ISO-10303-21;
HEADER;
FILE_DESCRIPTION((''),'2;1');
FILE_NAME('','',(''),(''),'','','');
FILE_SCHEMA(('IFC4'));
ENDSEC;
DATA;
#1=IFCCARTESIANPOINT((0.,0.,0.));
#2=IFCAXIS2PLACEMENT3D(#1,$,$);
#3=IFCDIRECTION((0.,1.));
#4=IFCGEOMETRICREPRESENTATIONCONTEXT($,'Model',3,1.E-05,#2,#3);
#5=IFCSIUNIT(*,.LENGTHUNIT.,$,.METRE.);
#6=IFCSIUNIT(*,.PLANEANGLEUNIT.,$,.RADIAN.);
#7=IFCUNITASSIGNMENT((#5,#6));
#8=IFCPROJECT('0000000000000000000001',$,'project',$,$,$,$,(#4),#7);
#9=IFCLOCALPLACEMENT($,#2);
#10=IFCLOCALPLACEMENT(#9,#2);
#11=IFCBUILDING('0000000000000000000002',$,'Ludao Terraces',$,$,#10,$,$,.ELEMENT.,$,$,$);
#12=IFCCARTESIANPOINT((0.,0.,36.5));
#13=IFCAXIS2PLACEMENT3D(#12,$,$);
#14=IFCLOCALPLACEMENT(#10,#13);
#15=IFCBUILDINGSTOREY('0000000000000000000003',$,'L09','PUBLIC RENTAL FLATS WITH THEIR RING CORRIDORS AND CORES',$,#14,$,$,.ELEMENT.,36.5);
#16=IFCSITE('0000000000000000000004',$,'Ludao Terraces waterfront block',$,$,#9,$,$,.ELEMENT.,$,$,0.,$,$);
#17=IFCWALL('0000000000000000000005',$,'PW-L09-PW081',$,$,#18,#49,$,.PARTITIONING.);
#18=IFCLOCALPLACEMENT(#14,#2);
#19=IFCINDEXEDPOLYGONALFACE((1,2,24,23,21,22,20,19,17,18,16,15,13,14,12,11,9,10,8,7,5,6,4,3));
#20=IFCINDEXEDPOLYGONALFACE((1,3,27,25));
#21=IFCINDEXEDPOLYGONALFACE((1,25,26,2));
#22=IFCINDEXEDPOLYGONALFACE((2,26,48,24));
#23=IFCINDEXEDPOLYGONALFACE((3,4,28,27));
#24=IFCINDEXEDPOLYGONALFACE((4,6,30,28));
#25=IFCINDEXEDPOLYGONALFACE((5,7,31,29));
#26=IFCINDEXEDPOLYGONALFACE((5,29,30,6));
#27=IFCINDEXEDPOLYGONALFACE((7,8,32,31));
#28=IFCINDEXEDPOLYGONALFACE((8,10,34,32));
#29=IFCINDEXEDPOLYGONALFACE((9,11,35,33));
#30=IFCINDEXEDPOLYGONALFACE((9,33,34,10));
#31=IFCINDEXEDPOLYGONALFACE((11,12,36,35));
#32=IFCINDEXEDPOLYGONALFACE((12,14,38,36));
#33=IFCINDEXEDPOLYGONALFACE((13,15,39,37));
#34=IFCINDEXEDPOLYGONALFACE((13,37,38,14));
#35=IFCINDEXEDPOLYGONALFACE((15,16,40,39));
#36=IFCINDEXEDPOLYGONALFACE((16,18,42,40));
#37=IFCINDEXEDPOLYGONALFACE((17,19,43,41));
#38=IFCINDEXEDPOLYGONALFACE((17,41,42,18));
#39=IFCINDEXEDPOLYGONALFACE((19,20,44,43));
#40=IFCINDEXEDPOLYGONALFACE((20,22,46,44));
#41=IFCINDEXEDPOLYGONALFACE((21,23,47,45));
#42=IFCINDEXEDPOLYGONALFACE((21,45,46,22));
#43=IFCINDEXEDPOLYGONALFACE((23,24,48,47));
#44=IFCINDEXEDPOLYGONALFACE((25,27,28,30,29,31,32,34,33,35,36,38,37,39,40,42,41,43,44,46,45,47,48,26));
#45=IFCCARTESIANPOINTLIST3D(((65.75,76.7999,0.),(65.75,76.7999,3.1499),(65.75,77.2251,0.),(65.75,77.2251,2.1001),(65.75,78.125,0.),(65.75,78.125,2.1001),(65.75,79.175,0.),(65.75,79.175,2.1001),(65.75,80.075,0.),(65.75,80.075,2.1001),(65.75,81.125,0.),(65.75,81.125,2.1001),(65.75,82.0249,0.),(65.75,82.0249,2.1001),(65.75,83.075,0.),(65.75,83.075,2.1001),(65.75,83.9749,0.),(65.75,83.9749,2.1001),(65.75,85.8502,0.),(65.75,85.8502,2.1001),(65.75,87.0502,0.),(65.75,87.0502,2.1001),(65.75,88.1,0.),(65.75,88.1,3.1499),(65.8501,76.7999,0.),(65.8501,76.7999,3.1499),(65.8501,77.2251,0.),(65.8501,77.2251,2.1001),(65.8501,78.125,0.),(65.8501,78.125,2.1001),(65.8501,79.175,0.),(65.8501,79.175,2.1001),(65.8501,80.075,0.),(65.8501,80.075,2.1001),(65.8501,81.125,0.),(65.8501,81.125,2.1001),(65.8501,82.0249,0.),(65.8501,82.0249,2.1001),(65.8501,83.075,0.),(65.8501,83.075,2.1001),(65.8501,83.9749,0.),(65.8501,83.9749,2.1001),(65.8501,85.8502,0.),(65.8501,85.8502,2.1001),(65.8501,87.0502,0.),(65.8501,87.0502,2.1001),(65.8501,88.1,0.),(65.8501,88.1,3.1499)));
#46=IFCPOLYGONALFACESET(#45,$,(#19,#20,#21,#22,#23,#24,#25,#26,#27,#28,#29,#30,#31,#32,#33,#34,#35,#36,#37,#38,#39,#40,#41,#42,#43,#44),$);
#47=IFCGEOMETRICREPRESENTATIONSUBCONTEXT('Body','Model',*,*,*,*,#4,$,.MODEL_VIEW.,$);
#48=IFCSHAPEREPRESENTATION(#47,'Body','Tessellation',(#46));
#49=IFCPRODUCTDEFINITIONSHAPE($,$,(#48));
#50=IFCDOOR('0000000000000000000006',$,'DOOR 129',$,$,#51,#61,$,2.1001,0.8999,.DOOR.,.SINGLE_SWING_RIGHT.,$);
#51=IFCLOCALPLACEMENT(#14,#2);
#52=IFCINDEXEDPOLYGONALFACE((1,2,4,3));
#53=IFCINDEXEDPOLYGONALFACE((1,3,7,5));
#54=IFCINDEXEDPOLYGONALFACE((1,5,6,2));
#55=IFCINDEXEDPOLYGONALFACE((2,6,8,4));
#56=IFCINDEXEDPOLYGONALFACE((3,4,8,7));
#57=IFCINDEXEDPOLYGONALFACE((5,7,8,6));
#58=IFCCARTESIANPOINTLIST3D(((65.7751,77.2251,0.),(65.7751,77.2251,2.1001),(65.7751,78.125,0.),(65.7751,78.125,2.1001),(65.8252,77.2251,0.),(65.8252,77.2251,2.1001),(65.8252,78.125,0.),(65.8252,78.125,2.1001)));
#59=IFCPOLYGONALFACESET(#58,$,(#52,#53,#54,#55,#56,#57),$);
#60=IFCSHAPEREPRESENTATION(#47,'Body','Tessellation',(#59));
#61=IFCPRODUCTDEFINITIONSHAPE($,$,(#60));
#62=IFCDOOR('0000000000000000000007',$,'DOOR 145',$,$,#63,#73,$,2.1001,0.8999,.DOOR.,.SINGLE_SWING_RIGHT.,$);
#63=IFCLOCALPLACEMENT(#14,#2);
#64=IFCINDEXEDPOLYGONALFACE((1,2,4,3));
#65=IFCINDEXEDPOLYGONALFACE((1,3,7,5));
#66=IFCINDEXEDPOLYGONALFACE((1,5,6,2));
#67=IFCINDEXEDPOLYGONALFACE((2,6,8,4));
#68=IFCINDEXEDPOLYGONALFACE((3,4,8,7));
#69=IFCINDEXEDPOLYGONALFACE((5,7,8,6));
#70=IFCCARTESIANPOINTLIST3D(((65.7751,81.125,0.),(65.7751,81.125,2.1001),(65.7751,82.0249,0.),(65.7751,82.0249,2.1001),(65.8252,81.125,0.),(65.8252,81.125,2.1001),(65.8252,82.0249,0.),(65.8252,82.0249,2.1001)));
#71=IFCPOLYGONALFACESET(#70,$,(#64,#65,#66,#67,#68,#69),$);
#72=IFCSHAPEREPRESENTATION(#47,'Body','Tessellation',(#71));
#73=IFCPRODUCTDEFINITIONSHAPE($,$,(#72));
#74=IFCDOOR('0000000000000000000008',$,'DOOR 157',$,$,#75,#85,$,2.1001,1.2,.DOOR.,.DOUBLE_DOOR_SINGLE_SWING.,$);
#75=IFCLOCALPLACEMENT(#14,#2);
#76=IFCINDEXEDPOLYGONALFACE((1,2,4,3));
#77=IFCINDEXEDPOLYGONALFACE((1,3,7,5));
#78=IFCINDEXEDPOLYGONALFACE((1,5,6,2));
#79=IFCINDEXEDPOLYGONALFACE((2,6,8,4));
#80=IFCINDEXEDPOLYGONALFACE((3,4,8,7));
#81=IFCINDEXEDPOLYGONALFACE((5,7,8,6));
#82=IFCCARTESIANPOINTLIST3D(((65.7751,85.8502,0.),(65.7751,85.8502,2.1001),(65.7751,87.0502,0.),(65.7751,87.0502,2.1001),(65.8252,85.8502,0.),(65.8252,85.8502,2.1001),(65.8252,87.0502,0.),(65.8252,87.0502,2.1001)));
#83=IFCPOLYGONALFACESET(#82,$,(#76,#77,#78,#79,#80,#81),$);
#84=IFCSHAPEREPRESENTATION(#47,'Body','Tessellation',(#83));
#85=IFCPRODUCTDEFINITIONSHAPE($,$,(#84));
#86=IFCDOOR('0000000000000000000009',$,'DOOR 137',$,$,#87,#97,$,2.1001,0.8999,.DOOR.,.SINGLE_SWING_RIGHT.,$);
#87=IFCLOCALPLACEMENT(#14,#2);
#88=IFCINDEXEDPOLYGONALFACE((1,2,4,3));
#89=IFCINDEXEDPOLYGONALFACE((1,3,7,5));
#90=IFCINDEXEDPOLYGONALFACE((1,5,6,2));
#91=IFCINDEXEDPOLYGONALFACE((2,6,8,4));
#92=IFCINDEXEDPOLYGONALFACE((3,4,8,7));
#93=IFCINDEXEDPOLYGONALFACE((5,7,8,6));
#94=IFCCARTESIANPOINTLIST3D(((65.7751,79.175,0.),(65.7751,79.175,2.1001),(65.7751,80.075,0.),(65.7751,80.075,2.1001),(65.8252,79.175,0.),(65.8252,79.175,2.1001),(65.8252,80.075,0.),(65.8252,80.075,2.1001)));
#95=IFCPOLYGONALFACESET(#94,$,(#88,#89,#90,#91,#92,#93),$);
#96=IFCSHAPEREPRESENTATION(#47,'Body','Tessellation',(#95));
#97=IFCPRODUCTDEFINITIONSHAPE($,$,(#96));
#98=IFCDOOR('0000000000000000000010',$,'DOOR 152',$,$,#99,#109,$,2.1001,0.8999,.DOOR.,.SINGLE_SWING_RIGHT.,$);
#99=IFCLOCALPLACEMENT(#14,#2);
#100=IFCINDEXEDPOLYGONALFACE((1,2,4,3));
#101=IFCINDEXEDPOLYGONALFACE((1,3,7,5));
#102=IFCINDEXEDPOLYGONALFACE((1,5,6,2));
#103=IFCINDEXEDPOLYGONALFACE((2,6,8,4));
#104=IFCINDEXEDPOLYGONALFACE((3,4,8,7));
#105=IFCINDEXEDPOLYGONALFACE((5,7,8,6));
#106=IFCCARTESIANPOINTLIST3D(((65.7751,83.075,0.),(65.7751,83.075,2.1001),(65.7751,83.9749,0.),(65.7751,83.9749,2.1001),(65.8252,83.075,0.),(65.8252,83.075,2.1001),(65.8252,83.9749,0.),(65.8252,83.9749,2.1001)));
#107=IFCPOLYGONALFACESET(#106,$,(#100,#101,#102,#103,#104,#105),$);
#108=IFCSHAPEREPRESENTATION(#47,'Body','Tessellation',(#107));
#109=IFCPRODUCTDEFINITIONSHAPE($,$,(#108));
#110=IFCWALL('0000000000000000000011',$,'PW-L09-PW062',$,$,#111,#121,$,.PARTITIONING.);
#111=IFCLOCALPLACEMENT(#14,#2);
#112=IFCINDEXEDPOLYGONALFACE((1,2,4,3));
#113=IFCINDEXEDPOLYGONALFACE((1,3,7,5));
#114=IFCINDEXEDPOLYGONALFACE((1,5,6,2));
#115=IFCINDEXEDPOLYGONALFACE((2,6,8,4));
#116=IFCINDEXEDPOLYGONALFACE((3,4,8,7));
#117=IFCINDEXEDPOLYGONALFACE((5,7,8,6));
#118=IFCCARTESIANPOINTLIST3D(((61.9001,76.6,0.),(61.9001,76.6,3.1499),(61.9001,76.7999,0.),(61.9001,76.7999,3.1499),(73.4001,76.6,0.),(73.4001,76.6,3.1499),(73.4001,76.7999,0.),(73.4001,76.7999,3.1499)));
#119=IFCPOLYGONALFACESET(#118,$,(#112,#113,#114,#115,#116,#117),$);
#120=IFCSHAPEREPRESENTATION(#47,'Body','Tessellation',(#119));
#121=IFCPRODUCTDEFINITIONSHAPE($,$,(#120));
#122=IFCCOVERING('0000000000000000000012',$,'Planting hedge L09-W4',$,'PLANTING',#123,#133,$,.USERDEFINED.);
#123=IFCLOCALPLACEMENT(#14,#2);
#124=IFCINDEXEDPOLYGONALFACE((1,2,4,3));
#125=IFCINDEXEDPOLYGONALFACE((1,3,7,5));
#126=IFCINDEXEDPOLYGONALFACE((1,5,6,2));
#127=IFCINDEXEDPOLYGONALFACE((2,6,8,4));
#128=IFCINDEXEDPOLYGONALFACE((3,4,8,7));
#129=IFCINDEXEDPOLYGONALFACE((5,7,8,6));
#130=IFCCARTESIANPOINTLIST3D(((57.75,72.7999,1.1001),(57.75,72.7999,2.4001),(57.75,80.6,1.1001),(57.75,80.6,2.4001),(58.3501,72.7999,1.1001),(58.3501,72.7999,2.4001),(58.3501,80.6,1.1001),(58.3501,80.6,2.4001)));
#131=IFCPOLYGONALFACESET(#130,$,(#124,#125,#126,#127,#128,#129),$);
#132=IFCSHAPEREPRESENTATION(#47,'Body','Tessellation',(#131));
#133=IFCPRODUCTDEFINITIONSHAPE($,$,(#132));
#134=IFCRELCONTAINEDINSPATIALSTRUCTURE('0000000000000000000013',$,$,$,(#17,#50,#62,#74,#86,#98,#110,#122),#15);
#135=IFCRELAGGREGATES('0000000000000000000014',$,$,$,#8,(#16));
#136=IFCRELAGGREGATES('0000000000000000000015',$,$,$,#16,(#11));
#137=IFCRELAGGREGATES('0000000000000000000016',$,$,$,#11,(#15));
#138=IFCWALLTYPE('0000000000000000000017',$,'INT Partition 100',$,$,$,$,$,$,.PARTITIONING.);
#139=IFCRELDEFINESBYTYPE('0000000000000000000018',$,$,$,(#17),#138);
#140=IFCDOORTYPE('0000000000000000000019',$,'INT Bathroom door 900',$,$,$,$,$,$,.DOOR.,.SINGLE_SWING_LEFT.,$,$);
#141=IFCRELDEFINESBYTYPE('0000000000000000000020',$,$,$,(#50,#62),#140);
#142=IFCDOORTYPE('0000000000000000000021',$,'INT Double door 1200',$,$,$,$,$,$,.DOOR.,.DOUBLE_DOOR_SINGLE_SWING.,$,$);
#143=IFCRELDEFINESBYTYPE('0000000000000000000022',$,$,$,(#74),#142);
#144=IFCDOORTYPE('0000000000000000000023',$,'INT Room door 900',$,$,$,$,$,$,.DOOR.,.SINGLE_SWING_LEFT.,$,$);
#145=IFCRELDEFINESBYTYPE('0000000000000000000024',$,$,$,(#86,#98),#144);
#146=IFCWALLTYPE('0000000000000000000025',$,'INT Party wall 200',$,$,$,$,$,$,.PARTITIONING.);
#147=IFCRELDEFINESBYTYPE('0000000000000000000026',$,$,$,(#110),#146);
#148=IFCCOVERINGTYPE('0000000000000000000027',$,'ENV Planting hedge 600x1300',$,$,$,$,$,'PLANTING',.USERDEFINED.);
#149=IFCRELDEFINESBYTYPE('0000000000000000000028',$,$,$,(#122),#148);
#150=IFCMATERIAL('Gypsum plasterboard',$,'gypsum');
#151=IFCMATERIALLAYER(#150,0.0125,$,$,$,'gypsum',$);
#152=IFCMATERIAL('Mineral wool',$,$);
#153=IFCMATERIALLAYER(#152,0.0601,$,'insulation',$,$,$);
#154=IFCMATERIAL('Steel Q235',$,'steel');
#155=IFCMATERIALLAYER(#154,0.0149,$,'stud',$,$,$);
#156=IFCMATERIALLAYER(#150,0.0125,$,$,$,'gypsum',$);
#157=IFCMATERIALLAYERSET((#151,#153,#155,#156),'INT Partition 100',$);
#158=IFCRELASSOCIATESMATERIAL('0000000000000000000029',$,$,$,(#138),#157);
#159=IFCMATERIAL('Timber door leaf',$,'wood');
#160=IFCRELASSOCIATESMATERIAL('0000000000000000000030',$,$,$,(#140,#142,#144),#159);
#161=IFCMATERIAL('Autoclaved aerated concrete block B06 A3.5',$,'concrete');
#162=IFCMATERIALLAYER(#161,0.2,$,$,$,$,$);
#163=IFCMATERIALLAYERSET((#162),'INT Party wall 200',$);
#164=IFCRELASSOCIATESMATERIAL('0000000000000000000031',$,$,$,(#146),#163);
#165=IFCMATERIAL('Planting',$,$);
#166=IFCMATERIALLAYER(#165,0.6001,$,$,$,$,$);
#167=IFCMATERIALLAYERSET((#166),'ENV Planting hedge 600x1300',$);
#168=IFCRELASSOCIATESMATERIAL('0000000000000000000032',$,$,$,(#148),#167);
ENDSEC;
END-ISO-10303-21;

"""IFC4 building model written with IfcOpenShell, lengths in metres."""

from ifc_helpers import new_model, si_unit, direction, frame, frame_2d, origin, origin_2d, place, context, subcontext, project, spatial, rectangle, extrude, material, layer, layer_set, type_object, element, fill, save


model = new_model("IFC4")

# Units and contexts
model_context = context("Model", 3, precision=1e-05, world=origin(), true_north=direction((0.0, 1.0)))
body_context = subcontext(model_context, "Body", "Model", "MODEL_VIEW")
ifc_project = project(units=[si_unit("LENGTHUNIT", "METRE"), si_unit("PLANEANGLEUNIT", "RADIAN")], contexts=[model_context])

# Site, building, storey
site_placement = place(None, origin())
site = spatial("IfcSite", under=ifc_project, at=site_placement, Name="Ludao Terraces waterfront block", CompositionType="ELEMENT", RefElevation=0.0)
building_placement = place(site_placement, origin())
building = spatial("IfcBuilding", under=site, at=building_placement, Name="Ludao Terraces", CompositionType="ELEMENT")
storey_placement = place(building_placement, frame((0.0, 0.0, 36.5)))
storey = spatial("IfcBuildingStorey", under=building, at=storey_placement, Name="L09", Description="PUBLIC RENTAL FLATS WITH THEIR RING CORRIDORS AND CORES", CompositionType="ELEMENT", Elevation=36.5)

# Shared definitions
ifc_material_1 = material(Name="Mineral wool")

# Shared definitions
ifc_material_2 = material(Name="Gypsum plasterboard", Category="gypsum")
ifc_layer_1 = layer(ifc_material_2, 0.0125, Category="gypsum")
ifc_layer_2 = layer(ifc_material_1, 0.0601, Name="insulation")
ifc_material_3 = material(Name="Steel Q235", Category="steel")
ifc_layer_3 = layer(ifc_material_3, 0.0149, Name="stud")
ifc_layer_4 = layer(ifc_material_2, 0.0125, Category="gypsum")
ifc_layer_set_1 = layer_set([ifc_layer_1, ifc_layer_2, ifc_layer_3, ifc_layer_4], Name="INT Partition 100")
wall_type_1 = type_object("IfcWallType", Name="INT Partition 100", PredefinedType="PARTITIONING", material=ifc_layer_set_1)

# Wall, openings, doors
wall_1_placement = place(storey_placement, frame((65.8, 76.8, 0.0), z_axis=(0.0, 0.0, 1.0), x_axis=(0.0, 1.0, 0.0)))
wall_1 = element("IfcWall", 1, at=wall_1_placement, inside=storey, type_object=wall_type_1, Name="PW-L09-PW081", PredefinedType="PARTITIONING", context=body_context, shape_type="SweptSolid", body=[
    extrude(rectangle(XDim=11.3, YDim=0.1001, at=frame_2d((5.6499, 0.0))), origin(), (0.0, 0.0, 1.0), 3.1499),
])
opening_1_placement = place(wall_1_placement, frame((0.425, 0.0, 0.0)))
opening_1 = element("IfcOpeningElement", 2, at=opening_1_placement, cuts=wall_1, PredefinedType="OPENING", context=body_context, shape_type="SweptSolid", body=[
    extrude(rectangle(XDim=0.8999, YDim=2.1001, at=frame_2d((0.45, 1.05))), frame((0.0, 0.0601, 0.0), z_axis=(0.0, -1.0, 0.0), x_axis=(1.0, 0.0, 0.0)), (0.0, 0.0, 1.0), 0.1201),
])
opening_2_placement = place(wall_1_placement, frame((2.375, 0.0, 0.0)))
opening_2 = element("IfcOpeningElement", 3, at=opening_2_placement, cuts=wall_1, PredefinedType="OPENING", context=body_context, shape_type="SweptSolid", body=[
    extrude(rectangle(XDim=0.8999, YDim=2.1001, at=frame_2d((0.45, 1.05))), frame((0.0, 0.0601, 0.0), z_axis=(0.0, -1.0, 0.0), x_axis=(1.0, 0.0, 0.0)), (0.0, 0.0, 1.0), 0.1201),
])
opening_3_placement = place(wall_1_placement, frame((4.325, 0.0, 0.0)))
opening_3 = element("IfcOpeningElement", 4, at=opening_3_placement, cuts=wall_1, PredefinedType="OPENING", context=body_context, shape_type="SweptSolid", body=[
    extrude(rectangle(XDim=0.8999, YDim=2.1001, at=frame_2d((0.45, 1.05))), frame((0.0, 0.0601, 0.0), z_axis=(0.0, -1.0, 0.0), x_axis=(1.0, 0.0, 0.0)), (0.0, 0.0, 1.0), 0.1201),
])
opening_4_placement = place(wall_1_placement, frame((6.2749, 0.0, 0.0)))
opening_4 = element("IfcOpeningElement", 5, at=opening_4_placement, cuts=wall_1, PredefinedType="OPENING", context=body_context, shape_type="SweptSolid", body=[
    extrude(rectangle(XDim=0.8999, YDim=2.1001, at=frame_2d((0.45, 1.05))), frame((0.0, 0.0601, 0.0), z_axis=(0.0, -1.0, 0.0), x_axis=(1.0, 0.0, 0.0)), (0.0, 0.0, 1.0), 0.1201),
])
opening_5_placement = place(wall_1_placement, frame((9.05, 0.0, 0.0)))
opening_5 = element("IfcOpeningElement", 6, at=opening_5_placement, cuts=wall_1, PredefinedType="OPENING", context=body_context, shape_type="SweptSolid", body=[
    extrude(rectangle(XDim=1.2, YDim=2.1001, at=frame_2d((0.6001, 1.05))), frame((0.0, 0.0601, 0.0), z_axis=(0.0, -1.0, 0.0), x_axis=(1.0, 0.0, 0.0)), (0.0, 0.0, 1.0), 0.1201),
])
ifc_material_4 = material(Name="Timber door leaf", Category="wood")
door_type_1 = type_object("IfcDoorType", Name="INT Bathroom door 900", OperationType="SINGLE_SWING_LEFT", PredefinedType="DOOR", material=ifc_material_4)
door_1_placement = place(opening_1_placement, origin())
door_1 = element("IfcDoor", 7, at=door_1_placement, inside=storey, type_object=door_type_1, Name="DOOR 129", OperationType="SINGLE_SWING_RIGHT", OverallHeight=2.1001, OverallWidth=0.8999, PredefinedType="DOOR", context=body_context, shape_type="SweptSolid", body=[
    extrude(rectangle(XDim=0.8999, YDim=2.1001, at=frame_2d((0.45, 1.05))), frame((0.0, 0.0249, 0.0), z_axis=(0.0, -1.0, 0.0), x_axis=(1.0, 0.0, 0.0)), (0.0, 0.0, 1.0), 0.05),
])
fill(opening_1, door_1)
door_2_placement = place(opening_3_placement, origin())
door_2 = element("IfcDoor", 8, at=door_2_placement, inside=storey, type_object=door_type_1, Name="DOOR 145", OperationType="SINGLE_SWING_RIGHT", OverallHeight=2.1001, OverallWidth=0.8999, PredefinedType="DOOR", context=body_context, shape_type="SweptSolid", body=[
    extrude(rectangle(XDim=0.8999, YDim=2.1001, at=frame_2d((0.45, 1.05))), frame((0.0, 0.0249, 0.0), z_axis=(0.0, -1.0, 0.0), x_axis=(1.0, 0.0, 0.0)), (0.0, 0.0, 1.0), 0.05),
])
fill(opening_3, door_2)
door_type_2 = type_object("IfcDoorType", Name="INT Double door 1200", OperationType="DOUBLE_DOOR_SINGLE_SWING", PredefinedType="DOOR", material=ifc_material_4)
door_3_placement = place(opening_5_placement, origin())
door_3 = element("IfcDoor", 9, at=door_3_placement, inside=storey, type_object=door_type_2, Name="DOOR 157", OperationType="DOUBLE_DOOR_SINGLE_SWING", OverallHeight=2.1001, OverallWidth=1.2, PredefinedType="DOOR", context=body_context, shape_type="SweptSolid", body=[
    extrude(rectangle(XDim=1.2, YDim=2.1001, at=frame_2d((0.6001, 1.05))), frame((0.0, 0.0249, 0.0), z_axis=(0.0, -1.0, 0.0), x_axis=(1.0, 0.0, 0.0)), (0.0, 0.0, 1.0), 0.05),
])
fill(opening_5, door_3)
door_type_3 = type_object("IfcDoorType", Name="INT Room door 900", OperationType="SINGLE_SWING_LEFT", PredefinedType="DOOR", material=ifc_material_4)
door_4_placement = place(opening_2_placement, origin())
door_4 = element("IfcDoor", 10, at=door_4_placement, inside=storey, type_object=door_type_3, Name="DOOR 137", OperationType="SINGLE_SWING_RIGHT", OverallHeight=2.1001, OverallWidth=0.8999, PredefinedType="DOOR", context=body_context, shape_type="SweptSolid", body=[
    extrude(rectangle(XDim=0.8999, YDim=2.1001, at=frame_2d((0.45, 1.05))), frame((0.0, 0.0249, 0.0), z_axis=(0.0, -1.0, 0.0), x_axis=(1.0, 0.0, 0.0)), (0.0, 0.0, 1.0), 0.05),
])
fill(opening_2, door_4)
door_5_placement = place(opening_4_placement, origin())
door_5 = element("IfcDoor", 11, at=door_5_placement, inside=storey, type_object=door_type_3, Name="DOOR 152", OperationType="SINGLE_SWING_RIGHT", OverallHeight=2.1001, OverallWidth=0.8999, PredefinedType="DOOR", context=body_context, shape_type="SweptSolid", body=[
    extrude(rectangle(XDim=0.8999, YDim=2.1001, at=frame_2d((0.45, 1.05))), frame((0.0, 0.0249, 0.0), z_axis=(0.0, -1.0, 0.0), x_axis=(1.0, 0.0, 0.0)), (0.0, 0.0, 1.0), 0.05),
])
fill(opening_4, door_5)

# Wall
ifc_material_5 = material(Name="Autoclaved aerated concrete block B06 A3.5", Category="concrete")
ifc_layer_5 = layer(ifc_material_5, 0.2)
ifc_layer_set_2 = layer_set([ifc_layer_5], Name="INT Party wall 200")
wall_type_2 = type_object("IfcWallType", Name="INT Party wall 200", PredefinedType="PARTITIONING", material=ifc_layer_set_2)
wall_2_placement = place(storey_placement, frame((61.9001, 76.7, 0.0), z_axis=(0.0, 0.0, 1.0), x_axis=(1.0, 0.0, 0.0)))
element("IfcWall", 12, at=wall_2_placement, inside=storey, type_object=wall_type_2, Name="PW-L09-PW062", PredefinedType="PARTITIONING", context=body_context, shape_type="SweptSolid", body=[
    extrude(rectangle(XDim=11.5, YDim=0.2, at=frame_2d((5.75, 0.0))), origin(), (0.0, 0.0, 1.0), 3.1499),
])

# Covering
ifc_material_6 = material(Name="Planting")
ifc_layer_6 = layer(ifc_material_6, 0.6001)
ifc_layer_set_3 = layer_set([ifc_layer_6], Name="ENV Planting hedge 600x1300")
covering_type = type_object("IfcCoveringType", Name="ENV Planting hedge 600x1300", ElementType="PLANTING", PredefinedType="USERDEFINED", material=ifc_layer_set_3)
covering_placement = place(storey_placement, frame((58.05, 76.7, 1.1001), z_axis=(0.0, 0.0, 1.0), x_axis=(1.0, 0.0, 0.0)))
element("IfcCovering", 13, at=covering_placement, inside=storey, type_object=covering_type, Name="Planting hedge L09-W4", ObjectType="PLANTING", PredefinedType="USERDEFINED", context=body_context, shape_type="SweptSolid", body=[
    extrude(rectangle(XDim=0.6001, YDim=7.8, at=origin_2d()), origin(), (0.0, 0.0, 1.0), 1.3),
])

save(model, "model.ifc")
